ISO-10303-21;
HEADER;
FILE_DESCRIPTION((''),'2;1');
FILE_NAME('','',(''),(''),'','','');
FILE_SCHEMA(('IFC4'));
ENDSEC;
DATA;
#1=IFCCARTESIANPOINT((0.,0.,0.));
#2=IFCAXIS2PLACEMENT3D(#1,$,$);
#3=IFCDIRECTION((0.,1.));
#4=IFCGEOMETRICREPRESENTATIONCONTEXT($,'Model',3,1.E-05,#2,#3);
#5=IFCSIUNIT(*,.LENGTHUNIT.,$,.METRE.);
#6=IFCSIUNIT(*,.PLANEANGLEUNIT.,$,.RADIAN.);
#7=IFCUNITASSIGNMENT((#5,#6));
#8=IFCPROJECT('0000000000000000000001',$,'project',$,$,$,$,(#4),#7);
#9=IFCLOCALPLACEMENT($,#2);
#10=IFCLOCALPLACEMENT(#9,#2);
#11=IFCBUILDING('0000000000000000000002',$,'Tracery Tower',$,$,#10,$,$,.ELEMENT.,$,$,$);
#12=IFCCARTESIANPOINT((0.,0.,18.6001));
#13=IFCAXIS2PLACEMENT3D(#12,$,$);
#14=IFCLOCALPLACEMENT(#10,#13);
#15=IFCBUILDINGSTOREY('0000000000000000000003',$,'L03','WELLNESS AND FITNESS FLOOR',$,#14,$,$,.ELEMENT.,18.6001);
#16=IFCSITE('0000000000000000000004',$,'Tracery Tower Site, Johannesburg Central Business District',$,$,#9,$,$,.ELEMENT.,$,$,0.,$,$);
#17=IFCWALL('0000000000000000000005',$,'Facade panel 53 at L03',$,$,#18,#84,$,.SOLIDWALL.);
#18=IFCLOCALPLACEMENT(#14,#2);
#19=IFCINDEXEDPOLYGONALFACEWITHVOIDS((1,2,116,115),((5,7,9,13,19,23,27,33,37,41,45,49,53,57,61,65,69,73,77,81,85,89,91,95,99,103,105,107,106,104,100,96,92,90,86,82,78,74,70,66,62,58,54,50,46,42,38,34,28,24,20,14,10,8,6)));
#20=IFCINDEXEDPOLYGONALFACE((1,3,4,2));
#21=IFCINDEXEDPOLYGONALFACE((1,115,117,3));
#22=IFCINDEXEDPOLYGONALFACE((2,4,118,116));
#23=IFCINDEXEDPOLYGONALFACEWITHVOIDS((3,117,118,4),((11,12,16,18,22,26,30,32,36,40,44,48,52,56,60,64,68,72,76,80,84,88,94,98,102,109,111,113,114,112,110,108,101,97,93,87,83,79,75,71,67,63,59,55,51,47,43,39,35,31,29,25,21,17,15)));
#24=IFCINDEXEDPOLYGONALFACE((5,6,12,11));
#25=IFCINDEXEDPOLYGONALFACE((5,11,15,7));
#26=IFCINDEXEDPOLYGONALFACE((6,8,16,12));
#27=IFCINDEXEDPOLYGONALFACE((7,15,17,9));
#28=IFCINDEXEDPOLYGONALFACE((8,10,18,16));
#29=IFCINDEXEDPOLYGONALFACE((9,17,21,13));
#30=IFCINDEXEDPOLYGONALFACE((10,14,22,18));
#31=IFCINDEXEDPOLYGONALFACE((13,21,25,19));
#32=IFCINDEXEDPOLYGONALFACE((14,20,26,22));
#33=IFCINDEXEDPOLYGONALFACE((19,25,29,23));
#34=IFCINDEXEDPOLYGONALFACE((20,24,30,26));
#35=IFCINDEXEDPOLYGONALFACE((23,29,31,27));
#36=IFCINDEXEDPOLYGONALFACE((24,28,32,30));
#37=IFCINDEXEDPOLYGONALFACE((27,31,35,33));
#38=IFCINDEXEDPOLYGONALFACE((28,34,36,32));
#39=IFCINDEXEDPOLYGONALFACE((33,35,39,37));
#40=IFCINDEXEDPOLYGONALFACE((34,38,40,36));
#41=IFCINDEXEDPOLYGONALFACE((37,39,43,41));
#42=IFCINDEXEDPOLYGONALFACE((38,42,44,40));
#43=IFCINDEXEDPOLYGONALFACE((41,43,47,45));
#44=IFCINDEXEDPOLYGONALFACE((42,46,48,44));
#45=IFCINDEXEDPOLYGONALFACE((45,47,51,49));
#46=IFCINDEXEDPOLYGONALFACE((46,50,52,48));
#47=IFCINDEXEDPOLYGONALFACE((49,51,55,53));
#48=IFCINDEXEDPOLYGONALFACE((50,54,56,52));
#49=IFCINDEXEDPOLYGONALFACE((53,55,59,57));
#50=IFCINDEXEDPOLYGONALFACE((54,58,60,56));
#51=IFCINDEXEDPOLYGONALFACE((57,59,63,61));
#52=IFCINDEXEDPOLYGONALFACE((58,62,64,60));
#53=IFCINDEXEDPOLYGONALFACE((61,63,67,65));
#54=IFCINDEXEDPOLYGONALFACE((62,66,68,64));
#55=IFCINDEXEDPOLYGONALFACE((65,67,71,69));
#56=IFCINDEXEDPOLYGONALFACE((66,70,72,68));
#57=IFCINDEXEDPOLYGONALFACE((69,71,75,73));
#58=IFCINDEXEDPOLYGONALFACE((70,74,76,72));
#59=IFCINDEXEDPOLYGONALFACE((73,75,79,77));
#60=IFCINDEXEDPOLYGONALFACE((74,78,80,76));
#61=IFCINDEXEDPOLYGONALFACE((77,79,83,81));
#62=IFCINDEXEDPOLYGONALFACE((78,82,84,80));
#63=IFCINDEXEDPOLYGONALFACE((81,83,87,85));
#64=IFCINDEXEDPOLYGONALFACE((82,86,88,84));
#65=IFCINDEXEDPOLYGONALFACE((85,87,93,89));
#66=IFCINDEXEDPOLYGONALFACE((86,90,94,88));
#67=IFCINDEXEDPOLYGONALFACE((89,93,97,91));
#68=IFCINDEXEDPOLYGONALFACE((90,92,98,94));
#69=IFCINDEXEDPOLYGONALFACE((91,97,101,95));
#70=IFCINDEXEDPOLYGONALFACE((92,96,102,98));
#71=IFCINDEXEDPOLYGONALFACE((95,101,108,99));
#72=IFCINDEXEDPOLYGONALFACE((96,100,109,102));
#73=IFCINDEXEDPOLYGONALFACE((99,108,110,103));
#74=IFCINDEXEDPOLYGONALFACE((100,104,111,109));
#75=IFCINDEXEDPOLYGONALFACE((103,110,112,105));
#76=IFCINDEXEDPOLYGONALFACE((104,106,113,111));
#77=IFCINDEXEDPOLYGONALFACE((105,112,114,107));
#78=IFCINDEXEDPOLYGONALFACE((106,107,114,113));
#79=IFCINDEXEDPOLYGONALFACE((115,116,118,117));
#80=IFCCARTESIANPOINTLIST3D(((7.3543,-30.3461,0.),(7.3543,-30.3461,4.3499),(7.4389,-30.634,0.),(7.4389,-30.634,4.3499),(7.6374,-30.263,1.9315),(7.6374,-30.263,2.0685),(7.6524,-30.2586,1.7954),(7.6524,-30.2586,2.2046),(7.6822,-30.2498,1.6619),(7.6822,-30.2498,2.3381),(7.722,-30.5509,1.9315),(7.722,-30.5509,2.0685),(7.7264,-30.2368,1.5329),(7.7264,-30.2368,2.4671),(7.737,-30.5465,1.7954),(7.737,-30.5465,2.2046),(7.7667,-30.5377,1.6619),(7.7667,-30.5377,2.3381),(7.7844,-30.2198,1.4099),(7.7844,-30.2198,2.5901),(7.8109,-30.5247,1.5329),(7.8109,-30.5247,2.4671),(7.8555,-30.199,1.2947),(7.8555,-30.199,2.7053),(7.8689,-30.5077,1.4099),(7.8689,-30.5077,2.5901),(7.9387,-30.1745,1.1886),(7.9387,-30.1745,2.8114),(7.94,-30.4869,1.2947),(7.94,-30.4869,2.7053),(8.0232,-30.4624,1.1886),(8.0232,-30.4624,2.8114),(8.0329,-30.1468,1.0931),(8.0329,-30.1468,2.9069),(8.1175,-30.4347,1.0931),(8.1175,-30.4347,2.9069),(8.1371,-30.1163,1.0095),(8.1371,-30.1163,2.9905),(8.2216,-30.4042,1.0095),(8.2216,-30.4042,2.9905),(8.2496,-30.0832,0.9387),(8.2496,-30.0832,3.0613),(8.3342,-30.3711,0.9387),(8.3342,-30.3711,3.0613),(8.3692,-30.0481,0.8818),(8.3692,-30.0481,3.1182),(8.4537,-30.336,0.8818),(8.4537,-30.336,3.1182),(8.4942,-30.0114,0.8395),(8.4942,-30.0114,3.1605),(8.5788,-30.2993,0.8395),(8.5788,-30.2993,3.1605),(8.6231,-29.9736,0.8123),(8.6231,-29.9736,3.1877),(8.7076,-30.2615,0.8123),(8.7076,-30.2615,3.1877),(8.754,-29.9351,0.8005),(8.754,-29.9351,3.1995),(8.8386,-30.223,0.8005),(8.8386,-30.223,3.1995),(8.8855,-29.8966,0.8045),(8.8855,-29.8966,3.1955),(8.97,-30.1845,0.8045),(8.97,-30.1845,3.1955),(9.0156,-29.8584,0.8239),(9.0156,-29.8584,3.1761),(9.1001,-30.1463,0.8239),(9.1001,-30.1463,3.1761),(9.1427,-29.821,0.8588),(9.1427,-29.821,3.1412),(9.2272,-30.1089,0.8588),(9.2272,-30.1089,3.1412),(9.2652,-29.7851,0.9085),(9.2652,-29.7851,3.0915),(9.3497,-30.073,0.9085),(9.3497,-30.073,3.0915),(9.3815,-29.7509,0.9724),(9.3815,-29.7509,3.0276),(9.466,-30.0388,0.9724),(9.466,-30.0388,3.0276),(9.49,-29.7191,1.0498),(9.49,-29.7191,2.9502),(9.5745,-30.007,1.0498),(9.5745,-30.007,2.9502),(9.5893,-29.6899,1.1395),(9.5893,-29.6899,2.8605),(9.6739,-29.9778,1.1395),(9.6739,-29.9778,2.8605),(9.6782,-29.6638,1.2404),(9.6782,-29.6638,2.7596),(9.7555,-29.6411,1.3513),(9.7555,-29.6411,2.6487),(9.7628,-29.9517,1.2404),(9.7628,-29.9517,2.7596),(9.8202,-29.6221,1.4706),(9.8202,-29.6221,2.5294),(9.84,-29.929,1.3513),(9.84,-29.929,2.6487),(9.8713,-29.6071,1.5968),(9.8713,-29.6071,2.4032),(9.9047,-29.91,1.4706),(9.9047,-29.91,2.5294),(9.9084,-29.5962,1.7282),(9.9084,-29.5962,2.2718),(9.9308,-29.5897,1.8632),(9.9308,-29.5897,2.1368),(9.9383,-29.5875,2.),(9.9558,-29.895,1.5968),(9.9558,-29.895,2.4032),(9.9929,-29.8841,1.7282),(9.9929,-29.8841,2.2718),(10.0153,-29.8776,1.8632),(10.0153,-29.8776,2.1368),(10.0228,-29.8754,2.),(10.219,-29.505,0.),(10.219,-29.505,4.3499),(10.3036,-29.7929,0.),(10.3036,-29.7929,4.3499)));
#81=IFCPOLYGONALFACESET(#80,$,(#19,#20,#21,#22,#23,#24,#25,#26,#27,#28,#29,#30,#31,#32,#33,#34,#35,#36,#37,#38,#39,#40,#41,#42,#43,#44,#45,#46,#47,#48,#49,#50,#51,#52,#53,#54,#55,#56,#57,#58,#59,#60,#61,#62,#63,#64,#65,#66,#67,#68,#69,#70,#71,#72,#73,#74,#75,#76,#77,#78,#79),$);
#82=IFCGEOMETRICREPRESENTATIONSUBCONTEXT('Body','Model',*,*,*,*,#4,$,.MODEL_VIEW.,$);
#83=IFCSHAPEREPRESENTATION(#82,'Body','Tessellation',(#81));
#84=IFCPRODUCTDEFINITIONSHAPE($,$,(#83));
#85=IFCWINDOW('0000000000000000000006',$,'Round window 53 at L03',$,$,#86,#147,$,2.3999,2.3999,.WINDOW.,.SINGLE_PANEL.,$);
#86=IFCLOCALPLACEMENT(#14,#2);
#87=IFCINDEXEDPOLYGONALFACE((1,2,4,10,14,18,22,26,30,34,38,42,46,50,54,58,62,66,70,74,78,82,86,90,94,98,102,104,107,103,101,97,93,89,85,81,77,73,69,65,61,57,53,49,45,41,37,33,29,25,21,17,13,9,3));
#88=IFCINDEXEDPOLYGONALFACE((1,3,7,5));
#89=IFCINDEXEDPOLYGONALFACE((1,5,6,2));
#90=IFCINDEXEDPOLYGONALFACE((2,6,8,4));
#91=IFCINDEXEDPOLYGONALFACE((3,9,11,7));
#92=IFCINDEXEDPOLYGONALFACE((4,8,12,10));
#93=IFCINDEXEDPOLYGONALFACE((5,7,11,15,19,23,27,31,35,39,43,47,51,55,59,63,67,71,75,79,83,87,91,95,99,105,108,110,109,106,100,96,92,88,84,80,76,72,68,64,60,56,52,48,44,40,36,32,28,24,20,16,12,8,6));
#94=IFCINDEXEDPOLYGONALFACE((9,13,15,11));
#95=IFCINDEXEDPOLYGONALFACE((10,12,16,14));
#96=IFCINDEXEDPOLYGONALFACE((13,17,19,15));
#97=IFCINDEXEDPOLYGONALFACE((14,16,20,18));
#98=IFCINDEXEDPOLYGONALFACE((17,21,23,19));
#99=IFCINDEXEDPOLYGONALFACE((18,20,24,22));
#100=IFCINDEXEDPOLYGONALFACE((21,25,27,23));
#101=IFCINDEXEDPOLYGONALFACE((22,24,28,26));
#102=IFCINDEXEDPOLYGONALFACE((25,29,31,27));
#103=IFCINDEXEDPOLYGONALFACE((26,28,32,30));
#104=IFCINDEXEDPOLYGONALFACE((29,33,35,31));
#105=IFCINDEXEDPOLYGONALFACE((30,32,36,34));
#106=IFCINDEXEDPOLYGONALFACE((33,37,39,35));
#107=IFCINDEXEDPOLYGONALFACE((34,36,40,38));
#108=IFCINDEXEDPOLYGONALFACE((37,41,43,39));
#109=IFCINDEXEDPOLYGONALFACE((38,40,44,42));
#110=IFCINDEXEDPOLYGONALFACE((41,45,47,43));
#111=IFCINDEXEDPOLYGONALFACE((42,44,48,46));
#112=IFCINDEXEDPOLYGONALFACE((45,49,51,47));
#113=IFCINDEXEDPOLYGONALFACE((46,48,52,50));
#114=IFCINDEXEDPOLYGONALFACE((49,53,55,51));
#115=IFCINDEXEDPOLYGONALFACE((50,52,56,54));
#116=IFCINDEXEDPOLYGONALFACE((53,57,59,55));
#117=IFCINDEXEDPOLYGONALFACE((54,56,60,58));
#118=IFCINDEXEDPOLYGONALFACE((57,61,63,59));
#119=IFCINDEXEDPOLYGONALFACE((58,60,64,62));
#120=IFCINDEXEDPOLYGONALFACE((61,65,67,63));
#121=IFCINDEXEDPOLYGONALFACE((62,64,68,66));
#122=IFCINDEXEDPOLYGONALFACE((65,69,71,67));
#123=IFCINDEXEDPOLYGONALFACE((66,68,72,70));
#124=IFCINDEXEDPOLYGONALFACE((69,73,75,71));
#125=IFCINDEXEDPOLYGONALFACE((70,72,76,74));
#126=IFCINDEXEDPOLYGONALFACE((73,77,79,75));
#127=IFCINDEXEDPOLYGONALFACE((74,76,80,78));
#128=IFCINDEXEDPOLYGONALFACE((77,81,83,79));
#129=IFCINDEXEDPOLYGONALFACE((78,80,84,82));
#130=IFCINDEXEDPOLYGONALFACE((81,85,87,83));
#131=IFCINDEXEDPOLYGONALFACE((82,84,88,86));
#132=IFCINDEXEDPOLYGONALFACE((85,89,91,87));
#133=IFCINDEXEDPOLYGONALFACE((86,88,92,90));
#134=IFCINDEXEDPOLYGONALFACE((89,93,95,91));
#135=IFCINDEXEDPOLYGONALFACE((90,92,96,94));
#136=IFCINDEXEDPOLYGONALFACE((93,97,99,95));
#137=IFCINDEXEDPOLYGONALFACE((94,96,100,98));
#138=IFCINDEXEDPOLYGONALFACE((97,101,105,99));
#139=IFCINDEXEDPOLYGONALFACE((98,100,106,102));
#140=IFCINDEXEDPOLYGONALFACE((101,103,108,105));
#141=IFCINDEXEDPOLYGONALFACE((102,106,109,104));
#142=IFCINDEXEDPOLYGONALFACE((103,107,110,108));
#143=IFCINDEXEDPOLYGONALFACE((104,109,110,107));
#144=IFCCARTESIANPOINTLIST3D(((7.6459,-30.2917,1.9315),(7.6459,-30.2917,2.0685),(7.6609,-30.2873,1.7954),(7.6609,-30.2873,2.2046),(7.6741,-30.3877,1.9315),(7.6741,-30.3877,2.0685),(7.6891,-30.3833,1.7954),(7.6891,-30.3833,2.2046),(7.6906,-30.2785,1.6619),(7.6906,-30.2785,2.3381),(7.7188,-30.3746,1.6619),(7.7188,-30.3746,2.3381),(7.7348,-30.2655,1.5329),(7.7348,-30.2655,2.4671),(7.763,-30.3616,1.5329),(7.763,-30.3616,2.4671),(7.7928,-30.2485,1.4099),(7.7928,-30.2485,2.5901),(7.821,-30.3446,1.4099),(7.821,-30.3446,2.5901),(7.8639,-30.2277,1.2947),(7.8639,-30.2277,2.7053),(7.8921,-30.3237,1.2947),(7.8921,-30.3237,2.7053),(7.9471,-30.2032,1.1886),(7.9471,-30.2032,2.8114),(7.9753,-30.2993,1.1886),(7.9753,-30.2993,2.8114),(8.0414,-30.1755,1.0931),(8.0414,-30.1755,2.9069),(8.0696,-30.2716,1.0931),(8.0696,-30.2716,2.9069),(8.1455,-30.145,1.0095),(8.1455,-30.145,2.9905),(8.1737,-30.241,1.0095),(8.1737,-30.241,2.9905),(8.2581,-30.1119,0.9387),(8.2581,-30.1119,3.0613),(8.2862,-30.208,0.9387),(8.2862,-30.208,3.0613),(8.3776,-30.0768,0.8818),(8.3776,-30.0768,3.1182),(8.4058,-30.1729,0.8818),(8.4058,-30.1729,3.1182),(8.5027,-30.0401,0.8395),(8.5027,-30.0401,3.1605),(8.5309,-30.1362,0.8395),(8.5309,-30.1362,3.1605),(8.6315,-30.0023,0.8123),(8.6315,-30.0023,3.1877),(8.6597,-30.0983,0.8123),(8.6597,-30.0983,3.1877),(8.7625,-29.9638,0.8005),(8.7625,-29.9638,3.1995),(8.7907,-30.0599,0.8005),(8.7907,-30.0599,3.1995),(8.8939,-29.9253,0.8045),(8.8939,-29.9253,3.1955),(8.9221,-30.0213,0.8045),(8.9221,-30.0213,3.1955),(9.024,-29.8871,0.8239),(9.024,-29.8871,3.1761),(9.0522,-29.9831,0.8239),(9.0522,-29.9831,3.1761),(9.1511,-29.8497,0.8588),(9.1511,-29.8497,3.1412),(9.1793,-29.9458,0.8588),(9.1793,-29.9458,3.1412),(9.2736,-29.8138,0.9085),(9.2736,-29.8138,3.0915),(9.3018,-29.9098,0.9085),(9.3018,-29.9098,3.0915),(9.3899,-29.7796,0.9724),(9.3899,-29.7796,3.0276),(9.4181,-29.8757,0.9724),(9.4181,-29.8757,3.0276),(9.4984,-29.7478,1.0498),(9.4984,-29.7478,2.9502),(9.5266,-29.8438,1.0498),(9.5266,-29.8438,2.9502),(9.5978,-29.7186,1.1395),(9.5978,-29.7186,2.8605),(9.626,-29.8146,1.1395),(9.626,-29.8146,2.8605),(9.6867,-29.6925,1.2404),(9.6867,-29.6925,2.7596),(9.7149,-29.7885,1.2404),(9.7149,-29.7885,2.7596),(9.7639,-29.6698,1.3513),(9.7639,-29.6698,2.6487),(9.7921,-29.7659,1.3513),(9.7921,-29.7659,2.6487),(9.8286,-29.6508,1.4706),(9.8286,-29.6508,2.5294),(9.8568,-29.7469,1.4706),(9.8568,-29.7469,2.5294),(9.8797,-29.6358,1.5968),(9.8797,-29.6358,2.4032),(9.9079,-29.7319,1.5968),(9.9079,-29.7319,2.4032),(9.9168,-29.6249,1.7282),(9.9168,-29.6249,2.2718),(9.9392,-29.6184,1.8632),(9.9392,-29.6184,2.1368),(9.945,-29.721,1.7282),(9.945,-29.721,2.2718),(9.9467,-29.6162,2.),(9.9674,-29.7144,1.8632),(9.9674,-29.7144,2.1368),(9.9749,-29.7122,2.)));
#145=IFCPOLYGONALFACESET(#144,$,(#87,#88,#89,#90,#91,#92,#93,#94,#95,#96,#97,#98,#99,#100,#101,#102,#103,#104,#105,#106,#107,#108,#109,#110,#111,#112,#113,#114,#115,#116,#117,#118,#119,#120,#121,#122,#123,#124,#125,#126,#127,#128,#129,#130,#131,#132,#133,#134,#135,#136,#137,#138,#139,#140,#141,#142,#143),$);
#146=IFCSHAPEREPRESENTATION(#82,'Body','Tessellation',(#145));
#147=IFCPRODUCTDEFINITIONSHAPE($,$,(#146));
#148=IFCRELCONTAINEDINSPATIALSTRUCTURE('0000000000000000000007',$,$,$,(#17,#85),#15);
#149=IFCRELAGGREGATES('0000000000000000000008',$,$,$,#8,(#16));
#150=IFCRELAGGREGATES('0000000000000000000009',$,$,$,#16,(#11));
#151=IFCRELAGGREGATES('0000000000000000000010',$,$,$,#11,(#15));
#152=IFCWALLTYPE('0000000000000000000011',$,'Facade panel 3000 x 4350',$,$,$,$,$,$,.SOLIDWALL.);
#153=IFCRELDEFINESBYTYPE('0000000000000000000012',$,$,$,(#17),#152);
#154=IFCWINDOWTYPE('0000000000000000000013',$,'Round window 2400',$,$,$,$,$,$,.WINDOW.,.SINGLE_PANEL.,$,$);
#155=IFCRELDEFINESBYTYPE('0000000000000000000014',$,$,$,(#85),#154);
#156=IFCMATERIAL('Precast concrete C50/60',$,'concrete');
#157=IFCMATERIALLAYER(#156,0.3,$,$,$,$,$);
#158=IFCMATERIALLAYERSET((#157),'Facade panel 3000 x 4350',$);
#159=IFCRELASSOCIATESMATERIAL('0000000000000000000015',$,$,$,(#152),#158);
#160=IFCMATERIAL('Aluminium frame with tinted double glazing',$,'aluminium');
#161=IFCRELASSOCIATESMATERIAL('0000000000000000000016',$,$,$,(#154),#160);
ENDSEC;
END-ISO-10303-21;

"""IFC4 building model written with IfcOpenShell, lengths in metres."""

from ifc_helpers import new_model, si_unit, direction, frame, frame_2d, origin, origin_2d, place, context, subcontext, project, spatial, rectangle, circle, extrude, material, layer, layer_set, type_object, element, fill, save


model = new_model("IFC4")

# Units and contexts
model_context = context("Model", 3, precision=1e-05, world=origin(), true_north=direction((0.0, 1.0)))
body_context = subcontext(model_context, "Body", "Model", "MODEL_VIEW")
ifc_project = project(units=[si_unit("LENGTHUNIT", "METRE"), si_unit("PLANEANGLEUNIT", "RADIAN")], contexts=[model_context])

# Site, building, storey
site_placement = place(None, origin())
site = spatial("IfcSite", under=ifc_project, at=site_placement, Name="Tracery Tower Site, Johannesburg Central Business District", CompositionType="ELEMENT", RefElevation=0.0)
building_placement = place(site_placement, origin())
building = spatial("IfcBuilding", under=site, at=building_placement, Name="Tracery Tower", CompositionType="ELEMENT")
storey_placement = place(building_placement, frame((0.0, 0.0, 18.6001)))
storey = spatial("IfcBuildingStorey", under=building, at=storey_placement, Name="L03", Description="WELLNESS AND FITNESS FLOOR", CompositionType="ELEMENT", Elevation=18.6001)

# Wall, opening, window
ifc_material_1 = material(Name="Precast concrete C50/60", Category="concrete")
ifc_layer_1 = layer(ifc_material_1, 0.3)
ifc_layer_set_1 = layer_set([ifc_layer_1], Name="Facade panel 3000 x 4350")
wall_type_1 = type_object("IfcWallType", Name="Facade panel 3000 x 4350", PredefinedType="SOLIDWALL", material=ifc_layer_set_1)
ifc_material_2 = material(Name="Aluminium frame with tinted double glazing", Category="aluminium")
window_type = type_object("IfcWindowType", Name="Round window 2400", PartitioningType="SINGLE_PANEL", PredefinedType="WINDOW", material=ifc_material_2)
wall_1_placement = place(storey_placement, frame((7.3967, -30.49, 0.0), z_axis=(0.0, 0.0, 1.0), x_axis=(0.959502, 0.281701, 0.0)))
wall_1 = element("IfcWall", 1, at=wall_1_placement, inside=storey, type_object=wall_type_1, Name="Facade panel 53 at L03", PredefinedType="SOLIDWALL", context=body_context, shape_type="SweptSolid", body=[
    extrude(rectangle(XDim=2.9856, YDim=0.3, at=frame_2d((1.4927, 0.0))), origin(), (0.0, 0.0, 1.0), 4.3499),
])
opening_1_placement = place(wall_1_placement, frame((1.4929, 0.0, 2.0)))
opening_1 = element("IfcOpeningElement", 2, at=opening_1_placement, cuts=wall_1, PredefinedType="OPENING", context=body_context, shape_type="SweptSolid", body=[
    extrude(circle(Radius=1.2, at=origin_2d()), frame((0.0, 0.1599, 0.0), z_axis=(0.0, -1.0, 0.0), x_axis=(1.0, 0.0, 0.0)), (0.0, 0.0, 1.0), 0.3201),
])
window_1_placement = place(opening_1_placement, origin())
window_1 = element("IfcWindow", 3, at=window_1_placement, inside=storey, type_object=window_type, Name="Round window 53 at L03", OverallHeight=2.3999, OverallWidth=2.3999, PartitioningType="SINGLE_PANEL", PredefinedType="WINDOW", context=body_context, shape_type="SweptSolid", body=[
    extrude(circle(Radius=1.2, at=origin_2d()), frame((0.0, 0.1201, 0.0), z_axis=(0.0, -1.0, 0.0), x_axis=(1.0, 0.0, 0.0)), (0.0, 0.0, 1.0), 0.1001),
])
fill(opening_1, window_1)

save(model, "model.ifc")
